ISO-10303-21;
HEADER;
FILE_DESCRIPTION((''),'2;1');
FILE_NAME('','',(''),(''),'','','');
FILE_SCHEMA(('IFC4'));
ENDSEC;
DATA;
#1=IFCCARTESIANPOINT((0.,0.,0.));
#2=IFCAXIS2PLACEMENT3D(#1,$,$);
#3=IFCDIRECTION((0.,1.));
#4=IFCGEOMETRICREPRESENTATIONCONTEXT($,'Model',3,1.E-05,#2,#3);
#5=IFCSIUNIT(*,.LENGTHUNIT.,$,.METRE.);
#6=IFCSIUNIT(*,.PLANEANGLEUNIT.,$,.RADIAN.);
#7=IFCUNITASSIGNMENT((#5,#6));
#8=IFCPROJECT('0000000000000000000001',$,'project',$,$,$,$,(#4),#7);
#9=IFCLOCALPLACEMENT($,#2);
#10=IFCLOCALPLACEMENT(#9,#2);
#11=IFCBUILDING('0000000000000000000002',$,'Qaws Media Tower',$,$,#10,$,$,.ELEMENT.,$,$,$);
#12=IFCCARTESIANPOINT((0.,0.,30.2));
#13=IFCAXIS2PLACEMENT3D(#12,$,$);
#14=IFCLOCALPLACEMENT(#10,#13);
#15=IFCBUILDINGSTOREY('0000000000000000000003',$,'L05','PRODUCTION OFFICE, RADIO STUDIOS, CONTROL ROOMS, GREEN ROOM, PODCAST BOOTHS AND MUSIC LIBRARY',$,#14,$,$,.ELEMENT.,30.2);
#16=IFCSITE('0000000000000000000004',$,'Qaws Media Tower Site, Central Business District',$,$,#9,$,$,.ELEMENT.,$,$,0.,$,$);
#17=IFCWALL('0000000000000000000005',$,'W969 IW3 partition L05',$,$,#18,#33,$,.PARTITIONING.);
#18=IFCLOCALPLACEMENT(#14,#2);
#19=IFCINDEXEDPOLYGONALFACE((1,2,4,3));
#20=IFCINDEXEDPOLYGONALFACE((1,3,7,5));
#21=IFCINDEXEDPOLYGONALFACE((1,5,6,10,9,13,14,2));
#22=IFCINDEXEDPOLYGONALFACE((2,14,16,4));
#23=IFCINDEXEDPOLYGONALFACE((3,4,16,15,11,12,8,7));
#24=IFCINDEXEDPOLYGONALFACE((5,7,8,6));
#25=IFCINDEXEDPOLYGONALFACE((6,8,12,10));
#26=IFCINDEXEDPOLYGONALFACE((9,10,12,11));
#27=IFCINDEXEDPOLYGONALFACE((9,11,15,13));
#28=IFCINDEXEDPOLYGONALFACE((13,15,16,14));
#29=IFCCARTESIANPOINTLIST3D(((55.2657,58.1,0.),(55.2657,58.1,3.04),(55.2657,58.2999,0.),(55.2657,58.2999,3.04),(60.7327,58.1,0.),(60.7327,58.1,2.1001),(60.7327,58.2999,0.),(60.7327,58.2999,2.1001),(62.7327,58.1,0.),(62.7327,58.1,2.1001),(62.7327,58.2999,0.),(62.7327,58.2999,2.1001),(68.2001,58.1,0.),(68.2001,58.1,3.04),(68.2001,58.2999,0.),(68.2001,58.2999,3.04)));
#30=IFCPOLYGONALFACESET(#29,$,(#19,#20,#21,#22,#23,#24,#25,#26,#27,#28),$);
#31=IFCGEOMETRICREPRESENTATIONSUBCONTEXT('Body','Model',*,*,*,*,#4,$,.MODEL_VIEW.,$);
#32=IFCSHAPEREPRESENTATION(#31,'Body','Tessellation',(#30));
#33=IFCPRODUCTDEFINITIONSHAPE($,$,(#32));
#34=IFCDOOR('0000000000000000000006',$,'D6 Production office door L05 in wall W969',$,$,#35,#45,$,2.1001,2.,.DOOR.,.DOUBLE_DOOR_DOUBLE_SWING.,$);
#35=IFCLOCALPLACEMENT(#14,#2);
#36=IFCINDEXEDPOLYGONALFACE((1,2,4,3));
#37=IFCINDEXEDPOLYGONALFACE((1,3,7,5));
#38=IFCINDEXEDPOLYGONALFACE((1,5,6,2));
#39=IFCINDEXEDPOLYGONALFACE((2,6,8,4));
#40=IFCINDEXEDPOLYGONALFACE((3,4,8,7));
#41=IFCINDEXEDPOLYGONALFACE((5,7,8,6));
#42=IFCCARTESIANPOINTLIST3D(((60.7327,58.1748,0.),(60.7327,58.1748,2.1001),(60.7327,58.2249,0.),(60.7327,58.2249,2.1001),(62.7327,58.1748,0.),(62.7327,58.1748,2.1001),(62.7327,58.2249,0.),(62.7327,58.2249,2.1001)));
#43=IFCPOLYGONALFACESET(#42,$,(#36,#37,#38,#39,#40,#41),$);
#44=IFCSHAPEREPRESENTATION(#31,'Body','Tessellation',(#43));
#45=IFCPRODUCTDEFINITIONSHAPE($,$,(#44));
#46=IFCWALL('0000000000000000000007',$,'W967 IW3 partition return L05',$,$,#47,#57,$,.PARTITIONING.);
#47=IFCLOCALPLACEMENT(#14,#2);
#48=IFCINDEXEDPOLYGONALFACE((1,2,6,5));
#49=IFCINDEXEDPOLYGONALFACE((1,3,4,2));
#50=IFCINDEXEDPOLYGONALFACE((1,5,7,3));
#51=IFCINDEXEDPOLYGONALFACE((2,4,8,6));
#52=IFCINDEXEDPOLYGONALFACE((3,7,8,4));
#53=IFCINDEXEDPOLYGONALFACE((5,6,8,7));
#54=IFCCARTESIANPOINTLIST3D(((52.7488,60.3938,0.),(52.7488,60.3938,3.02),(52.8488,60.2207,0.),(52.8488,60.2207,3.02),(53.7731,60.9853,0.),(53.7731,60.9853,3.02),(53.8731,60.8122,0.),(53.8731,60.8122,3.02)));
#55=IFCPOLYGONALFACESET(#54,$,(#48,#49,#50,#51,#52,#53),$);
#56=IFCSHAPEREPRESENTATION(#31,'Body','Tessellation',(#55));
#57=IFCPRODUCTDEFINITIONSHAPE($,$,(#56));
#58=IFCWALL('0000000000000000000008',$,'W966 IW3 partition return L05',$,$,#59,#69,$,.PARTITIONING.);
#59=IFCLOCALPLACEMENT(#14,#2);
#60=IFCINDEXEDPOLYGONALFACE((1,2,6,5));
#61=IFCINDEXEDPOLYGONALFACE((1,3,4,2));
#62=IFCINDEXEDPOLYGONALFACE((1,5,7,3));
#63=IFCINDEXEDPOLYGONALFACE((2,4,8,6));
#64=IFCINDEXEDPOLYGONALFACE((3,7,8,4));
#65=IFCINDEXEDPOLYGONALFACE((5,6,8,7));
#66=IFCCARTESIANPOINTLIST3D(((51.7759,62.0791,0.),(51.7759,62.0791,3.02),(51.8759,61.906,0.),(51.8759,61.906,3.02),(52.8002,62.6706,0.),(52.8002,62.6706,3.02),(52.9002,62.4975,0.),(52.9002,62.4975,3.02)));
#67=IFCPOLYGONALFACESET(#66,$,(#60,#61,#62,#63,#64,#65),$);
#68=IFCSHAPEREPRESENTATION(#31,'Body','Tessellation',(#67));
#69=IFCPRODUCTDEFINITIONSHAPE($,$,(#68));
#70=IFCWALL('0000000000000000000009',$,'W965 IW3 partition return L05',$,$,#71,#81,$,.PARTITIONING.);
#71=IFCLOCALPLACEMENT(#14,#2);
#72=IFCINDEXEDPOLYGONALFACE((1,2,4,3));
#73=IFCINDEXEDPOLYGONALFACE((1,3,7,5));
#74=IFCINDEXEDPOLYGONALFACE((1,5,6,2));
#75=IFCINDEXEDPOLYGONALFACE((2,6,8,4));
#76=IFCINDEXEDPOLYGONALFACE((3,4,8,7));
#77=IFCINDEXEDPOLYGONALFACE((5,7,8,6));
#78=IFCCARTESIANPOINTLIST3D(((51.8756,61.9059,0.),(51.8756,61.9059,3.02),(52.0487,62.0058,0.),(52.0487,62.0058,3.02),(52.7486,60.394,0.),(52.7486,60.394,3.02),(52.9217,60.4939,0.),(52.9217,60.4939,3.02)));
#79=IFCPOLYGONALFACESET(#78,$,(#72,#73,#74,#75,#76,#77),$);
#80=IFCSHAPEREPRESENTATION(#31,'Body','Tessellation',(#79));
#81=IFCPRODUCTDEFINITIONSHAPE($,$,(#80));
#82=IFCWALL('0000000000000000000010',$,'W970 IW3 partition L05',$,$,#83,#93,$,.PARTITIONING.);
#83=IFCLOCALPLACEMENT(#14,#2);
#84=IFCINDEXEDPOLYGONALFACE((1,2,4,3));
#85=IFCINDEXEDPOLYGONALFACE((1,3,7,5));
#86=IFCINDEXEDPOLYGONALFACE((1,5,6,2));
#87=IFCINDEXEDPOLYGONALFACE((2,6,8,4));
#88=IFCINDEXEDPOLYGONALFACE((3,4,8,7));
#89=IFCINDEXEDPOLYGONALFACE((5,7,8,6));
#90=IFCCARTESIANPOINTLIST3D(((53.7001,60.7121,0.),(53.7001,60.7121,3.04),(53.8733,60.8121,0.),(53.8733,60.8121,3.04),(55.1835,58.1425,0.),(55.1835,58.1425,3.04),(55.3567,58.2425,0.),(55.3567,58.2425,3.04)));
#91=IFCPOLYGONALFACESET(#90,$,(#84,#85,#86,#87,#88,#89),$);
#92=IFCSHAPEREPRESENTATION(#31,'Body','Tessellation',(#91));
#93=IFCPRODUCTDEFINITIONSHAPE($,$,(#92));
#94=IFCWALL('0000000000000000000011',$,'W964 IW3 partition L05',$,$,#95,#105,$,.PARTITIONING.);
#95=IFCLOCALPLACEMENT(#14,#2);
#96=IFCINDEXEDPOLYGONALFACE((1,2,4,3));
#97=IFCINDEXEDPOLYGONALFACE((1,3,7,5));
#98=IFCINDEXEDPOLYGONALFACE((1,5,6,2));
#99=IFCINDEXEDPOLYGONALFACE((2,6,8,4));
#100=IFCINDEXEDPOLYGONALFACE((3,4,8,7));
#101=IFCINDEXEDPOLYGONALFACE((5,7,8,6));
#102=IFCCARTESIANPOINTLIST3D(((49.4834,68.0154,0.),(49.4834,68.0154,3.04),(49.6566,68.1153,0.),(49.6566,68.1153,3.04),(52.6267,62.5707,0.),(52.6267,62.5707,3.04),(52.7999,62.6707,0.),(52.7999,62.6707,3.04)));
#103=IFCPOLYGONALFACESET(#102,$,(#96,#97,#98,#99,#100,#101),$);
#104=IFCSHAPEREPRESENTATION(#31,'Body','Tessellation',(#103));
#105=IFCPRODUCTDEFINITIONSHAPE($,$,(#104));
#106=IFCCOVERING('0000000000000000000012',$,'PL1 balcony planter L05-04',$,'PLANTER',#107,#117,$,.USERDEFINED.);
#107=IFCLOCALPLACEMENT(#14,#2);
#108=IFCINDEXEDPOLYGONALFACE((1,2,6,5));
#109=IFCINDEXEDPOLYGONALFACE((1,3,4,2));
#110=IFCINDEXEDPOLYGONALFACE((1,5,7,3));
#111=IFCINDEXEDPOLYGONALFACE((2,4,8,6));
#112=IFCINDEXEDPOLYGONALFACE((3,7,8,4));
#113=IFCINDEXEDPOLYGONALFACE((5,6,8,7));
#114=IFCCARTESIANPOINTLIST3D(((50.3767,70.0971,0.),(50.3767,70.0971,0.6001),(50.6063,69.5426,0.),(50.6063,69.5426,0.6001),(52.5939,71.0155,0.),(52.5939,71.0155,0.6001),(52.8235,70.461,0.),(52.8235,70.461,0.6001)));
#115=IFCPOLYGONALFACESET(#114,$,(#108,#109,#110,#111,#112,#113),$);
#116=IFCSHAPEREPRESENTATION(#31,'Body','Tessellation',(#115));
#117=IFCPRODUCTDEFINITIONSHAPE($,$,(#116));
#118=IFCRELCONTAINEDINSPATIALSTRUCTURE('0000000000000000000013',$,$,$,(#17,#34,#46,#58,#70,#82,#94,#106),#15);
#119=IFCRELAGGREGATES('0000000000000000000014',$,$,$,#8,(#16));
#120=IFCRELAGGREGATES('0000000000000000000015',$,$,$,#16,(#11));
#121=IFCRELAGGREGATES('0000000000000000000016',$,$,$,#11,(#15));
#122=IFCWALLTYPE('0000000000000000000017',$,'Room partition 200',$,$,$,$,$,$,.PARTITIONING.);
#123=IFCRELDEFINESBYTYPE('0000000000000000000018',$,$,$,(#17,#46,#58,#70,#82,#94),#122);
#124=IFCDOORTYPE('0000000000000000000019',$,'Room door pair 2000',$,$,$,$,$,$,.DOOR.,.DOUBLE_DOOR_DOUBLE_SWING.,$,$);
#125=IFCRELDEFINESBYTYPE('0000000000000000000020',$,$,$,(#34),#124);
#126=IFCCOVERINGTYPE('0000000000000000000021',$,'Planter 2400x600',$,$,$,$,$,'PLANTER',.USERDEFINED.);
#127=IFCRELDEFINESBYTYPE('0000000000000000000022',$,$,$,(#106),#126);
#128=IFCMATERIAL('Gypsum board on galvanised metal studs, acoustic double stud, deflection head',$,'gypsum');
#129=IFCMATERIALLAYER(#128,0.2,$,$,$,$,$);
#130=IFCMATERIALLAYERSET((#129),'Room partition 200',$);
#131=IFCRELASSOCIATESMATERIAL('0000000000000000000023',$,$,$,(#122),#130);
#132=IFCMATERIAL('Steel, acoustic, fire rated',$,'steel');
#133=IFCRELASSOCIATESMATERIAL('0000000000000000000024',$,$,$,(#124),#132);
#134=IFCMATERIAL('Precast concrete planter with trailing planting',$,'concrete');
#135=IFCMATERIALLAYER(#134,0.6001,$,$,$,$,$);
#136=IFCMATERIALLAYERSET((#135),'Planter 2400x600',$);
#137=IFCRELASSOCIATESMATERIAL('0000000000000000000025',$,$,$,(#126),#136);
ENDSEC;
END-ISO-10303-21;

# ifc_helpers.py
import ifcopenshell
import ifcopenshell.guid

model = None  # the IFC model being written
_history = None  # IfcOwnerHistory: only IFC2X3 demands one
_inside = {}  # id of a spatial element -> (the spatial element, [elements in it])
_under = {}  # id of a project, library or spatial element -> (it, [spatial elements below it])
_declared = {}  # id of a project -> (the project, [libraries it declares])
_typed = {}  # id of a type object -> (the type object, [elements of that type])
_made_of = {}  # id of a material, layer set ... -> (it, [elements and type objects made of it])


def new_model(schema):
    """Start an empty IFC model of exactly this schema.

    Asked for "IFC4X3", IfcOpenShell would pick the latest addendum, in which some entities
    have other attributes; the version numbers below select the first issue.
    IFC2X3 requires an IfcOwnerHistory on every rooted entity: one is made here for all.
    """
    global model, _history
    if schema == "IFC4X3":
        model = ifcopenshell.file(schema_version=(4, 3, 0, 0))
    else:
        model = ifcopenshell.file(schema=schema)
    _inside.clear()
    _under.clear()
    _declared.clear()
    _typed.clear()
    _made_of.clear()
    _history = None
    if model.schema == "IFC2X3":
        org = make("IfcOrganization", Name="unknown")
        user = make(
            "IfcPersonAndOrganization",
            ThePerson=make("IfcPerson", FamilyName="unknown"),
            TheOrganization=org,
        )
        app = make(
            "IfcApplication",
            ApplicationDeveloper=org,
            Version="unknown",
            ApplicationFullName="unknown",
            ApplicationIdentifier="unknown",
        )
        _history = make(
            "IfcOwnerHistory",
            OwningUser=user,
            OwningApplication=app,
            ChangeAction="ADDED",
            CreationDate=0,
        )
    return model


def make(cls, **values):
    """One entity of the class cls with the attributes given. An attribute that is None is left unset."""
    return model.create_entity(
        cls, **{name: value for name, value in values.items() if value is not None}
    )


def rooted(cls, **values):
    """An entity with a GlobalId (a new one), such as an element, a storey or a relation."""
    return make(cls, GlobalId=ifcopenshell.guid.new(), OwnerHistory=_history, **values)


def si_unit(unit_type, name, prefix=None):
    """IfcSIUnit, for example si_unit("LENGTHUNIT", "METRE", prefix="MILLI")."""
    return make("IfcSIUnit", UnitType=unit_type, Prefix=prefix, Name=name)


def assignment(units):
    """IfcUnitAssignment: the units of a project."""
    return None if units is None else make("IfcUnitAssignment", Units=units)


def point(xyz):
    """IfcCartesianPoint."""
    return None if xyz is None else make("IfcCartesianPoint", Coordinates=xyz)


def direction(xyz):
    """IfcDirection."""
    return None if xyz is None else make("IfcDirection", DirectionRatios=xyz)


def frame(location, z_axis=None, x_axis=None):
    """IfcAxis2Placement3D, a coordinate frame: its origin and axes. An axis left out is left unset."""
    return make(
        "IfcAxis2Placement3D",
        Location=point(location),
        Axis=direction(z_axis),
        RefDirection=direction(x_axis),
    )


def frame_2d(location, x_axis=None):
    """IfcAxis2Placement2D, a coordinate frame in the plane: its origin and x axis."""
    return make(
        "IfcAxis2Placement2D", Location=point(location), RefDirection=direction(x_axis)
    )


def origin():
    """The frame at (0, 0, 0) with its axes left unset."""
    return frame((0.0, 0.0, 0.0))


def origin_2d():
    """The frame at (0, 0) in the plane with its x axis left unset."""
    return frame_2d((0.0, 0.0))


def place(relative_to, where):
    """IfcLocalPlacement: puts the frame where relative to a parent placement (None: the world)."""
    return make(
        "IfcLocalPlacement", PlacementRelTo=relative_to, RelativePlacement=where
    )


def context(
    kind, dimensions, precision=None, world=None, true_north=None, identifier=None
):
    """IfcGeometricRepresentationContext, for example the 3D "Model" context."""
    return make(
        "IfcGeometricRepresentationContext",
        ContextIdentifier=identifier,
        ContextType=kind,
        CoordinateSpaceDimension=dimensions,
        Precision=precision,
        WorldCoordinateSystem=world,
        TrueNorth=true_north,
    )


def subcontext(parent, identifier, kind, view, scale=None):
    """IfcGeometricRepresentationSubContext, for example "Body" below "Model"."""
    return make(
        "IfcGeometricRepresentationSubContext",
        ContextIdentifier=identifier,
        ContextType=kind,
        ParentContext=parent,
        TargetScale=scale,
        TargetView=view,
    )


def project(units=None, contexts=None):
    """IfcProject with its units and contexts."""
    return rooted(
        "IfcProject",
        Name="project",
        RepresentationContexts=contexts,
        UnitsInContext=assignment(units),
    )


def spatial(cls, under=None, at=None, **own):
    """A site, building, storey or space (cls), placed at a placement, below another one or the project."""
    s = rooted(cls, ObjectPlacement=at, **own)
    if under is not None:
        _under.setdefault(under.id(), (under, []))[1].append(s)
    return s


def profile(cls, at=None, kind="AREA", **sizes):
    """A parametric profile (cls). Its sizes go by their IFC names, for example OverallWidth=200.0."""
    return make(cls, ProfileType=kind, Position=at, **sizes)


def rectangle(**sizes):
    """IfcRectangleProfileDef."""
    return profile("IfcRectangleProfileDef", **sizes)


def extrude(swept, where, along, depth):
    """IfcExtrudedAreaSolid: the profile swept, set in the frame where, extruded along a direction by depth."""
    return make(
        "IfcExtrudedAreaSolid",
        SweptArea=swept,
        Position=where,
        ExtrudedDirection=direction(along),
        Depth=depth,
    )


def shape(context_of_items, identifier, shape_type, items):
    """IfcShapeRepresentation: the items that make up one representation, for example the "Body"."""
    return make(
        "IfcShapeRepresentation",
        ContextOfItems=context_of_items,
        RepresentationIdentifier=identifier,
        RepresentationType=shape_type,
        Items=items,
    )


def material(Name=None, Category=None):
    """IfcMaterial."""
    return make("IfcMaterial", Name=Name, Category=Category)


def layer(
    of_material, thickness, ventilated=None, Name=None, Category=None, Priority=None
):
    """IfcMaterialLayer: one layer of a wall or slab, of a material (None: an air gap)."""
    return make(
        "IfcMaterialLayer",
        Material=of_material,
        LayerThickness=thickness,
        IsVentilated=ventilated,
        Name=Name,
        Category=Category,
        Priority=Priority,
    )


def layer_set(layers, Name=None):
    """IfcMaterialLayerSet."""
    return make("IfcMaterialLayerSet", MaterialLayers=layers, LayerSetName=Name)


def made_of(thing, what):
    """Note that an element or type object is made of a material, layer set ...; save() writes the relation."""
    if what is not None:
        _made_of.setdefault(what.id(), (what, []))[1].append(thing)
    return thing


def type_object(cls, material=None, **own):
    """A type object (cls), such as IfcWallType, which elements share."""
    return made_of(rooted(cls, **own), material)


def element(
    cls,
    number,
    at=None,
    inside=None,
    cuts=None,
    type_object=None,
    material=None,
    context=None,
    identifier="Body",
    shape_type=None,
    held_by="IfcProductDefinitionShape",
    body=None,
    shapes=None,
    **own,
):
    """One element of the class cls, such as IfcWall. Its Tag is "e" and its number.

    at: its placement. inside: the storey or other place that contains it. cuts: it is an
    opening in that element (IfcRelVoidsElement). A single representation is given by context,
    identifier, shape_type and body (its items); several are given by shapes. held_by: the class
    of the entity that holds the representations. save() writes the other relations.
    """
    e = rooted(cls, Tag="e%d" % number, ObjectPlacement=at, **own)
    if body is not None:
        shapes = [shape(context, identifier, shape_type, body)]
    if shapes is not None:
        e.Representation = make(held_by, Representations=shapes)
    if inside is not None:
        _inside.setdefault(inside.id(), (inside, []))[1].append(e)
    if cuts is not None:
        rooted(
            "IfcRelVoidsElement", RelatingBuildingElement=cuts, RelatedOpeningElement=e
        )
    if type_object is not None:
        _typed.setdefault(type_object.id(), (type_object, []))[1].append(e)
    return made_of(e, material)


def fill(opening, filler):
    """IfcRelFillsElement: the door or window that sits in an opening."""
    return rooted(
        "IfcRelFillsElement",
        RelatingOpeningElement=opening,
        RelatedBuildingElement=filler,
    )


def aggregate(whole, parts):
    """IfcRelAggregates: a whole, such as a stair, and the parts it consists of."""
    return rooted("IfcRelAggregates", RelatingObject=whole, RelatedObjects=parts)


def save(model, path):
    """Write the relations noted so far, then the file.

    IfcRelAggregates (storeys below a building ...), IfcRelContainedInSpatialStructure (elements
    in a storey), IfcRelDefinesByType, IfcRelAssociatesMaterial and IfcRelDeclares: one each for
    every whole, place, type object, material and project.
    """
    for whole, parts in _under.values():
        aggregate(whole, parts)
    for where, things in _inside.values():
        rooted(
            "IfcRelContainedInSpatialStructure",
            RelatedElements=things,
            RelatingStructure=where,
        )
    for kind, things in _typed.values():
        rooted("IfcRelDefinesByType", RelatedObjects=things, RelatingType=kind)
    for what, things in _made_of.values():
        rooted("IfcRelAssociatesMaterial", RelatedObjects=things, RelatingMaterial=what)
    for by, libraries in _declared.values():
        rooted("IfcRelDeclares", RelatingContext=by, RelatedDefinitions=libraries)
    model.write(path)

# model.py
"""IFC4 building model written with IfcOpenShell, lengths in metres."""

from ifc_helpers import new_model, si_unit, direction, frame, frame_2d, origin, origin_2d, place, context, subcontext, project, spatial, rectangle, extrude, material, layer, layer_set, type_object, element, fill, save


model = new_model("IFC4")

# Units and contexts
model_context = context("Model", 3, precision=1e-05, world=origin(), true_north=direction((0.0, 1.0)))
body_context = subcontext(model_context, "Body", "Model", "MODEL_VIEW")
ifc_project = project(units=[si_unit("LENGTHUNIT", "METRE"), si_unit("PLANEANGLEUNIT", "RADIAN")], contexts=[model_context])

# Site, building, storey
site_placement = place(None, origin())
site = spatial("IfcSite", under=ifc_project, at=site_placement, Name="Qaws Media Tower Site, Central Business District", CompositionType="ELEMENT", RefElevation=0.0)
building_placement = place(site_placement, origin())
building = spatial("IfcBuilding", under=site, at=building_placement, Name="Qaws Media Tower", CompositionType="ELEMENT")
storey_placement = place(building_placement, frame((0.0, 0.0, 30.2)))
storey = spatial("IfcBuildingStorey", under=building, at=storey_placement, Name="L05", Description="PRODUCTION OFFICE, RADIO STUDIOS, CONTROL ROOMS, GREEN ROOM, PODCAST BOOTHS AND MUSIC LIBRARY", CompositionType="ELEMENT", Elevation=30.2)

# Shared definitions
ifc_material_1 = material(Name="Gypsum board on galvanised metal studs, acoustic double stud, deflection head", Category="gypsum")
ifc_layer_1 = layer(ifc_material_1, 0.2)
ifc_layer_set_1 = layer_set([ifc_layer_1], Name="Room partition 200")
wall_type = type_object("IfcWallType", Name="Room partition 200", PredefinedType="PARTITIONING", material=ifc_layer_set_1)

# Wall, opening, door
wall_1_placement = place(storey_placement, frame((55.2656, 58.2, 0.0), z_axis=(0.0, 0.0, 1.0), x_axis=(1.0, 0.0, 0.0)))
wall_1 = element("IfcWall", 1, at=wall_1_placement, inside=storey, type_object=wall_type, Name="W969 IW3 partition L05", PredefinedType="PARTITIONING", context=body_context, shape_type="SweptSolid", body=[
    extrude(rectangle(XDim=12.9343, YDim=0.2, at=frame_2d((6.4673, 0.0))), origin(), (0.0, 0.0, 1.0), 3.04),
])
opening_1_placement = place(wall_1_placement, frame((5.467, 0.0, 0.0)))
opening_1 = element("IfcOpeningElement", 2, at=opening_1_placement, cuts=wall_1, PredefinedType="OPENING", context=body_context, shape_type="SweptSolid", body=[
    extrude(rectangle(XDim=2.0, YDim=2.1001, at=frame_2d((1.0, 1.05))), frame((0.0, 0.1099, 0.0), z_axis=(0.0, -1.0, 0.0), x_axis=(1.0, 0.0, 0.0)), (0.0, 0.0, 1.0), 0.22),
])
ifc_material_2 = material(Name="Steel, acoustic, fire rated", Category="steel")
door_type_1 = type_object("IfcDoorType", Name="Room door pair 2000", OperationType="DOUBLE_DOOR_DOUBLE_SWING", PredefinedType="DOOR", material=ifc_material_2)
door_1_placement = place(opening_1_placement, origin())
door_1 = element("IfcDoor", 3, at=door_1_placement, inside=storey, type_object=door_type_1, Name="D6 Production office door L05 in wall W969", OperationType="DOUBLE_DOOR_DOUBLE_SWING", OverallHeight=2.1001, OverallWidth=2.0, PredefinedType="DOOR", context=body_context, shape_type="SweptSolid", body=[
    extrude(rectangle(XDim=2.0, YDim=2.1001, at=frame_2d((1.0, 1.05))), frame((0.0, 0.0249, 0.0), z_axis=(0.0, -1.0, 0.0), x_axis=(1.0, 0.0, 0.0)), (0.0, 0.0, 1.0), 0.05),
])
fill(opening_1, door_1)

# Walls
for number, where, z_axis, x_axis, name in (
    (4, (53.823, 60.8987, 0.0), (0.0, 0.0, 1.0), (-0.865986, -0.500068, 0.0), "W967 IW3 partition return L05"),
    (5, (52.8501, 62.584, 0.0), (0.0, 0.0, 1.0), (-0.865986, -0.500068, 0.0), "W966 IW3 partition return L05"),
):
    element("IfcWall", number, at=place(storey_placement, frame(where, z_axis=z_axis, x_axis=x_axis)), inside=storey, type_object=wall_type, Name=name, PredefinedType="PARTITIONING", context=body_context, shape_type="SweptSolid", body=[
        extrude(rectangle(XDim=1.1829, YDim=0.2, at=frame_2d((0.5913, 0.0))), origin(), (0.0, 0.0, 1.0), 3.02),
    ])
wall_2_placement = place(storey_placement, frame((52.8352, 60.4438, 0.0), z_axis=(0.0, 0.0, 1.0), x_axis=(-0.500049, 0.865997, 0.0)))
element("IfcWall", 6, at=wall_2_placement, inside=storey, type_object=wall_type, Name="W965 IW3 partition return L05", PredefinedType="PARTITIONING", context=body_context, shape_type="SweptSolid", body=[
    extrude(rectangle(XDim=1.7458, YDim=0.2, at=frame_2d((0.873, 0.0))), origin(), (0.0, 0.0, 1.0), 3.02),
])
wall_3_placement = place(storey_placement, frame((55.27, 58.1926, 0.0), z_axis=(0.0, 0.0, 1.0), x_axis=(-0.499962, 0.866047, 0.0)))
element("IfcWall", 7, at=wall_3_placement, inside=storey, type_object=wall_type, Name="W970 IW3 partition L05", PredefinedType="PARTITIONING", context=body_context, shape_type="SweptSolid", body=[
    extrude(rectangle(XDim=2.967, YDim=0.2, at=frame_2d((1.4834, 0.0))), origin(), (0.0, 0.0, 1.0), 3.04),
])
wall_4_placement = place(storey_placement, frame((52.7134, 62.6206, 0.0), z_axis=(0.0, 0.0, 1.0), x_axis=(-0.499986, 0.866034, 0.0)))
element("IfcWall", 8, at=wall_4_placement, inside=storey, type_object=wall_type, Name="W964 IW3 partition L05", PredefinedType="PARTITIONING", context=body_context, shape_type="SweptSolid", body=[
    extrude(rectangle(XDim=6.2869, YDim=0.2, at=frame_2d((3.1436, 0.0))), origin(), (0.0, 0.0, 1.0), 3.04),
])

# Covering
ifc_material_3 = material(Name="Precast concrete planter with trailing planting", Category="concrete")
ifc_layer_2 = layer(ifc_material_3, 0.6001)
ifc_layer_set_2 = layer_set([ifc_layer_2], Name="Planter 2400x600")
covering_type = type_object("IfcCoveringType", Name="Planter 2400x600", ElementType="PLANTER", PredefinedType="USERDEFINED", material=ifc_layer_set_2)
covering_placement = place(storey_placement, frame((51.6001, 70.2791, 0.0), z_axis=(0.0, 0.0, 1.0), x_axis=(-0.92388, -0.382683, 0.0)))
element("IfcCovering", 9, at=covering_placement, inside=storey, type_object=covering_type, Name="PL1 balcony planter L05-04", ObjectType="PLANTER", PredefinedType="USERDEFINED", context=body_context, shape_type="SweptSolid", body=[
    extrude(rectangle(XDim=2.3999, YDim=0.6001, at=origin_2d()), origin(), (0.0, 0.0, 1.0), 0.6001),
])

save(model, "model.ifc")
